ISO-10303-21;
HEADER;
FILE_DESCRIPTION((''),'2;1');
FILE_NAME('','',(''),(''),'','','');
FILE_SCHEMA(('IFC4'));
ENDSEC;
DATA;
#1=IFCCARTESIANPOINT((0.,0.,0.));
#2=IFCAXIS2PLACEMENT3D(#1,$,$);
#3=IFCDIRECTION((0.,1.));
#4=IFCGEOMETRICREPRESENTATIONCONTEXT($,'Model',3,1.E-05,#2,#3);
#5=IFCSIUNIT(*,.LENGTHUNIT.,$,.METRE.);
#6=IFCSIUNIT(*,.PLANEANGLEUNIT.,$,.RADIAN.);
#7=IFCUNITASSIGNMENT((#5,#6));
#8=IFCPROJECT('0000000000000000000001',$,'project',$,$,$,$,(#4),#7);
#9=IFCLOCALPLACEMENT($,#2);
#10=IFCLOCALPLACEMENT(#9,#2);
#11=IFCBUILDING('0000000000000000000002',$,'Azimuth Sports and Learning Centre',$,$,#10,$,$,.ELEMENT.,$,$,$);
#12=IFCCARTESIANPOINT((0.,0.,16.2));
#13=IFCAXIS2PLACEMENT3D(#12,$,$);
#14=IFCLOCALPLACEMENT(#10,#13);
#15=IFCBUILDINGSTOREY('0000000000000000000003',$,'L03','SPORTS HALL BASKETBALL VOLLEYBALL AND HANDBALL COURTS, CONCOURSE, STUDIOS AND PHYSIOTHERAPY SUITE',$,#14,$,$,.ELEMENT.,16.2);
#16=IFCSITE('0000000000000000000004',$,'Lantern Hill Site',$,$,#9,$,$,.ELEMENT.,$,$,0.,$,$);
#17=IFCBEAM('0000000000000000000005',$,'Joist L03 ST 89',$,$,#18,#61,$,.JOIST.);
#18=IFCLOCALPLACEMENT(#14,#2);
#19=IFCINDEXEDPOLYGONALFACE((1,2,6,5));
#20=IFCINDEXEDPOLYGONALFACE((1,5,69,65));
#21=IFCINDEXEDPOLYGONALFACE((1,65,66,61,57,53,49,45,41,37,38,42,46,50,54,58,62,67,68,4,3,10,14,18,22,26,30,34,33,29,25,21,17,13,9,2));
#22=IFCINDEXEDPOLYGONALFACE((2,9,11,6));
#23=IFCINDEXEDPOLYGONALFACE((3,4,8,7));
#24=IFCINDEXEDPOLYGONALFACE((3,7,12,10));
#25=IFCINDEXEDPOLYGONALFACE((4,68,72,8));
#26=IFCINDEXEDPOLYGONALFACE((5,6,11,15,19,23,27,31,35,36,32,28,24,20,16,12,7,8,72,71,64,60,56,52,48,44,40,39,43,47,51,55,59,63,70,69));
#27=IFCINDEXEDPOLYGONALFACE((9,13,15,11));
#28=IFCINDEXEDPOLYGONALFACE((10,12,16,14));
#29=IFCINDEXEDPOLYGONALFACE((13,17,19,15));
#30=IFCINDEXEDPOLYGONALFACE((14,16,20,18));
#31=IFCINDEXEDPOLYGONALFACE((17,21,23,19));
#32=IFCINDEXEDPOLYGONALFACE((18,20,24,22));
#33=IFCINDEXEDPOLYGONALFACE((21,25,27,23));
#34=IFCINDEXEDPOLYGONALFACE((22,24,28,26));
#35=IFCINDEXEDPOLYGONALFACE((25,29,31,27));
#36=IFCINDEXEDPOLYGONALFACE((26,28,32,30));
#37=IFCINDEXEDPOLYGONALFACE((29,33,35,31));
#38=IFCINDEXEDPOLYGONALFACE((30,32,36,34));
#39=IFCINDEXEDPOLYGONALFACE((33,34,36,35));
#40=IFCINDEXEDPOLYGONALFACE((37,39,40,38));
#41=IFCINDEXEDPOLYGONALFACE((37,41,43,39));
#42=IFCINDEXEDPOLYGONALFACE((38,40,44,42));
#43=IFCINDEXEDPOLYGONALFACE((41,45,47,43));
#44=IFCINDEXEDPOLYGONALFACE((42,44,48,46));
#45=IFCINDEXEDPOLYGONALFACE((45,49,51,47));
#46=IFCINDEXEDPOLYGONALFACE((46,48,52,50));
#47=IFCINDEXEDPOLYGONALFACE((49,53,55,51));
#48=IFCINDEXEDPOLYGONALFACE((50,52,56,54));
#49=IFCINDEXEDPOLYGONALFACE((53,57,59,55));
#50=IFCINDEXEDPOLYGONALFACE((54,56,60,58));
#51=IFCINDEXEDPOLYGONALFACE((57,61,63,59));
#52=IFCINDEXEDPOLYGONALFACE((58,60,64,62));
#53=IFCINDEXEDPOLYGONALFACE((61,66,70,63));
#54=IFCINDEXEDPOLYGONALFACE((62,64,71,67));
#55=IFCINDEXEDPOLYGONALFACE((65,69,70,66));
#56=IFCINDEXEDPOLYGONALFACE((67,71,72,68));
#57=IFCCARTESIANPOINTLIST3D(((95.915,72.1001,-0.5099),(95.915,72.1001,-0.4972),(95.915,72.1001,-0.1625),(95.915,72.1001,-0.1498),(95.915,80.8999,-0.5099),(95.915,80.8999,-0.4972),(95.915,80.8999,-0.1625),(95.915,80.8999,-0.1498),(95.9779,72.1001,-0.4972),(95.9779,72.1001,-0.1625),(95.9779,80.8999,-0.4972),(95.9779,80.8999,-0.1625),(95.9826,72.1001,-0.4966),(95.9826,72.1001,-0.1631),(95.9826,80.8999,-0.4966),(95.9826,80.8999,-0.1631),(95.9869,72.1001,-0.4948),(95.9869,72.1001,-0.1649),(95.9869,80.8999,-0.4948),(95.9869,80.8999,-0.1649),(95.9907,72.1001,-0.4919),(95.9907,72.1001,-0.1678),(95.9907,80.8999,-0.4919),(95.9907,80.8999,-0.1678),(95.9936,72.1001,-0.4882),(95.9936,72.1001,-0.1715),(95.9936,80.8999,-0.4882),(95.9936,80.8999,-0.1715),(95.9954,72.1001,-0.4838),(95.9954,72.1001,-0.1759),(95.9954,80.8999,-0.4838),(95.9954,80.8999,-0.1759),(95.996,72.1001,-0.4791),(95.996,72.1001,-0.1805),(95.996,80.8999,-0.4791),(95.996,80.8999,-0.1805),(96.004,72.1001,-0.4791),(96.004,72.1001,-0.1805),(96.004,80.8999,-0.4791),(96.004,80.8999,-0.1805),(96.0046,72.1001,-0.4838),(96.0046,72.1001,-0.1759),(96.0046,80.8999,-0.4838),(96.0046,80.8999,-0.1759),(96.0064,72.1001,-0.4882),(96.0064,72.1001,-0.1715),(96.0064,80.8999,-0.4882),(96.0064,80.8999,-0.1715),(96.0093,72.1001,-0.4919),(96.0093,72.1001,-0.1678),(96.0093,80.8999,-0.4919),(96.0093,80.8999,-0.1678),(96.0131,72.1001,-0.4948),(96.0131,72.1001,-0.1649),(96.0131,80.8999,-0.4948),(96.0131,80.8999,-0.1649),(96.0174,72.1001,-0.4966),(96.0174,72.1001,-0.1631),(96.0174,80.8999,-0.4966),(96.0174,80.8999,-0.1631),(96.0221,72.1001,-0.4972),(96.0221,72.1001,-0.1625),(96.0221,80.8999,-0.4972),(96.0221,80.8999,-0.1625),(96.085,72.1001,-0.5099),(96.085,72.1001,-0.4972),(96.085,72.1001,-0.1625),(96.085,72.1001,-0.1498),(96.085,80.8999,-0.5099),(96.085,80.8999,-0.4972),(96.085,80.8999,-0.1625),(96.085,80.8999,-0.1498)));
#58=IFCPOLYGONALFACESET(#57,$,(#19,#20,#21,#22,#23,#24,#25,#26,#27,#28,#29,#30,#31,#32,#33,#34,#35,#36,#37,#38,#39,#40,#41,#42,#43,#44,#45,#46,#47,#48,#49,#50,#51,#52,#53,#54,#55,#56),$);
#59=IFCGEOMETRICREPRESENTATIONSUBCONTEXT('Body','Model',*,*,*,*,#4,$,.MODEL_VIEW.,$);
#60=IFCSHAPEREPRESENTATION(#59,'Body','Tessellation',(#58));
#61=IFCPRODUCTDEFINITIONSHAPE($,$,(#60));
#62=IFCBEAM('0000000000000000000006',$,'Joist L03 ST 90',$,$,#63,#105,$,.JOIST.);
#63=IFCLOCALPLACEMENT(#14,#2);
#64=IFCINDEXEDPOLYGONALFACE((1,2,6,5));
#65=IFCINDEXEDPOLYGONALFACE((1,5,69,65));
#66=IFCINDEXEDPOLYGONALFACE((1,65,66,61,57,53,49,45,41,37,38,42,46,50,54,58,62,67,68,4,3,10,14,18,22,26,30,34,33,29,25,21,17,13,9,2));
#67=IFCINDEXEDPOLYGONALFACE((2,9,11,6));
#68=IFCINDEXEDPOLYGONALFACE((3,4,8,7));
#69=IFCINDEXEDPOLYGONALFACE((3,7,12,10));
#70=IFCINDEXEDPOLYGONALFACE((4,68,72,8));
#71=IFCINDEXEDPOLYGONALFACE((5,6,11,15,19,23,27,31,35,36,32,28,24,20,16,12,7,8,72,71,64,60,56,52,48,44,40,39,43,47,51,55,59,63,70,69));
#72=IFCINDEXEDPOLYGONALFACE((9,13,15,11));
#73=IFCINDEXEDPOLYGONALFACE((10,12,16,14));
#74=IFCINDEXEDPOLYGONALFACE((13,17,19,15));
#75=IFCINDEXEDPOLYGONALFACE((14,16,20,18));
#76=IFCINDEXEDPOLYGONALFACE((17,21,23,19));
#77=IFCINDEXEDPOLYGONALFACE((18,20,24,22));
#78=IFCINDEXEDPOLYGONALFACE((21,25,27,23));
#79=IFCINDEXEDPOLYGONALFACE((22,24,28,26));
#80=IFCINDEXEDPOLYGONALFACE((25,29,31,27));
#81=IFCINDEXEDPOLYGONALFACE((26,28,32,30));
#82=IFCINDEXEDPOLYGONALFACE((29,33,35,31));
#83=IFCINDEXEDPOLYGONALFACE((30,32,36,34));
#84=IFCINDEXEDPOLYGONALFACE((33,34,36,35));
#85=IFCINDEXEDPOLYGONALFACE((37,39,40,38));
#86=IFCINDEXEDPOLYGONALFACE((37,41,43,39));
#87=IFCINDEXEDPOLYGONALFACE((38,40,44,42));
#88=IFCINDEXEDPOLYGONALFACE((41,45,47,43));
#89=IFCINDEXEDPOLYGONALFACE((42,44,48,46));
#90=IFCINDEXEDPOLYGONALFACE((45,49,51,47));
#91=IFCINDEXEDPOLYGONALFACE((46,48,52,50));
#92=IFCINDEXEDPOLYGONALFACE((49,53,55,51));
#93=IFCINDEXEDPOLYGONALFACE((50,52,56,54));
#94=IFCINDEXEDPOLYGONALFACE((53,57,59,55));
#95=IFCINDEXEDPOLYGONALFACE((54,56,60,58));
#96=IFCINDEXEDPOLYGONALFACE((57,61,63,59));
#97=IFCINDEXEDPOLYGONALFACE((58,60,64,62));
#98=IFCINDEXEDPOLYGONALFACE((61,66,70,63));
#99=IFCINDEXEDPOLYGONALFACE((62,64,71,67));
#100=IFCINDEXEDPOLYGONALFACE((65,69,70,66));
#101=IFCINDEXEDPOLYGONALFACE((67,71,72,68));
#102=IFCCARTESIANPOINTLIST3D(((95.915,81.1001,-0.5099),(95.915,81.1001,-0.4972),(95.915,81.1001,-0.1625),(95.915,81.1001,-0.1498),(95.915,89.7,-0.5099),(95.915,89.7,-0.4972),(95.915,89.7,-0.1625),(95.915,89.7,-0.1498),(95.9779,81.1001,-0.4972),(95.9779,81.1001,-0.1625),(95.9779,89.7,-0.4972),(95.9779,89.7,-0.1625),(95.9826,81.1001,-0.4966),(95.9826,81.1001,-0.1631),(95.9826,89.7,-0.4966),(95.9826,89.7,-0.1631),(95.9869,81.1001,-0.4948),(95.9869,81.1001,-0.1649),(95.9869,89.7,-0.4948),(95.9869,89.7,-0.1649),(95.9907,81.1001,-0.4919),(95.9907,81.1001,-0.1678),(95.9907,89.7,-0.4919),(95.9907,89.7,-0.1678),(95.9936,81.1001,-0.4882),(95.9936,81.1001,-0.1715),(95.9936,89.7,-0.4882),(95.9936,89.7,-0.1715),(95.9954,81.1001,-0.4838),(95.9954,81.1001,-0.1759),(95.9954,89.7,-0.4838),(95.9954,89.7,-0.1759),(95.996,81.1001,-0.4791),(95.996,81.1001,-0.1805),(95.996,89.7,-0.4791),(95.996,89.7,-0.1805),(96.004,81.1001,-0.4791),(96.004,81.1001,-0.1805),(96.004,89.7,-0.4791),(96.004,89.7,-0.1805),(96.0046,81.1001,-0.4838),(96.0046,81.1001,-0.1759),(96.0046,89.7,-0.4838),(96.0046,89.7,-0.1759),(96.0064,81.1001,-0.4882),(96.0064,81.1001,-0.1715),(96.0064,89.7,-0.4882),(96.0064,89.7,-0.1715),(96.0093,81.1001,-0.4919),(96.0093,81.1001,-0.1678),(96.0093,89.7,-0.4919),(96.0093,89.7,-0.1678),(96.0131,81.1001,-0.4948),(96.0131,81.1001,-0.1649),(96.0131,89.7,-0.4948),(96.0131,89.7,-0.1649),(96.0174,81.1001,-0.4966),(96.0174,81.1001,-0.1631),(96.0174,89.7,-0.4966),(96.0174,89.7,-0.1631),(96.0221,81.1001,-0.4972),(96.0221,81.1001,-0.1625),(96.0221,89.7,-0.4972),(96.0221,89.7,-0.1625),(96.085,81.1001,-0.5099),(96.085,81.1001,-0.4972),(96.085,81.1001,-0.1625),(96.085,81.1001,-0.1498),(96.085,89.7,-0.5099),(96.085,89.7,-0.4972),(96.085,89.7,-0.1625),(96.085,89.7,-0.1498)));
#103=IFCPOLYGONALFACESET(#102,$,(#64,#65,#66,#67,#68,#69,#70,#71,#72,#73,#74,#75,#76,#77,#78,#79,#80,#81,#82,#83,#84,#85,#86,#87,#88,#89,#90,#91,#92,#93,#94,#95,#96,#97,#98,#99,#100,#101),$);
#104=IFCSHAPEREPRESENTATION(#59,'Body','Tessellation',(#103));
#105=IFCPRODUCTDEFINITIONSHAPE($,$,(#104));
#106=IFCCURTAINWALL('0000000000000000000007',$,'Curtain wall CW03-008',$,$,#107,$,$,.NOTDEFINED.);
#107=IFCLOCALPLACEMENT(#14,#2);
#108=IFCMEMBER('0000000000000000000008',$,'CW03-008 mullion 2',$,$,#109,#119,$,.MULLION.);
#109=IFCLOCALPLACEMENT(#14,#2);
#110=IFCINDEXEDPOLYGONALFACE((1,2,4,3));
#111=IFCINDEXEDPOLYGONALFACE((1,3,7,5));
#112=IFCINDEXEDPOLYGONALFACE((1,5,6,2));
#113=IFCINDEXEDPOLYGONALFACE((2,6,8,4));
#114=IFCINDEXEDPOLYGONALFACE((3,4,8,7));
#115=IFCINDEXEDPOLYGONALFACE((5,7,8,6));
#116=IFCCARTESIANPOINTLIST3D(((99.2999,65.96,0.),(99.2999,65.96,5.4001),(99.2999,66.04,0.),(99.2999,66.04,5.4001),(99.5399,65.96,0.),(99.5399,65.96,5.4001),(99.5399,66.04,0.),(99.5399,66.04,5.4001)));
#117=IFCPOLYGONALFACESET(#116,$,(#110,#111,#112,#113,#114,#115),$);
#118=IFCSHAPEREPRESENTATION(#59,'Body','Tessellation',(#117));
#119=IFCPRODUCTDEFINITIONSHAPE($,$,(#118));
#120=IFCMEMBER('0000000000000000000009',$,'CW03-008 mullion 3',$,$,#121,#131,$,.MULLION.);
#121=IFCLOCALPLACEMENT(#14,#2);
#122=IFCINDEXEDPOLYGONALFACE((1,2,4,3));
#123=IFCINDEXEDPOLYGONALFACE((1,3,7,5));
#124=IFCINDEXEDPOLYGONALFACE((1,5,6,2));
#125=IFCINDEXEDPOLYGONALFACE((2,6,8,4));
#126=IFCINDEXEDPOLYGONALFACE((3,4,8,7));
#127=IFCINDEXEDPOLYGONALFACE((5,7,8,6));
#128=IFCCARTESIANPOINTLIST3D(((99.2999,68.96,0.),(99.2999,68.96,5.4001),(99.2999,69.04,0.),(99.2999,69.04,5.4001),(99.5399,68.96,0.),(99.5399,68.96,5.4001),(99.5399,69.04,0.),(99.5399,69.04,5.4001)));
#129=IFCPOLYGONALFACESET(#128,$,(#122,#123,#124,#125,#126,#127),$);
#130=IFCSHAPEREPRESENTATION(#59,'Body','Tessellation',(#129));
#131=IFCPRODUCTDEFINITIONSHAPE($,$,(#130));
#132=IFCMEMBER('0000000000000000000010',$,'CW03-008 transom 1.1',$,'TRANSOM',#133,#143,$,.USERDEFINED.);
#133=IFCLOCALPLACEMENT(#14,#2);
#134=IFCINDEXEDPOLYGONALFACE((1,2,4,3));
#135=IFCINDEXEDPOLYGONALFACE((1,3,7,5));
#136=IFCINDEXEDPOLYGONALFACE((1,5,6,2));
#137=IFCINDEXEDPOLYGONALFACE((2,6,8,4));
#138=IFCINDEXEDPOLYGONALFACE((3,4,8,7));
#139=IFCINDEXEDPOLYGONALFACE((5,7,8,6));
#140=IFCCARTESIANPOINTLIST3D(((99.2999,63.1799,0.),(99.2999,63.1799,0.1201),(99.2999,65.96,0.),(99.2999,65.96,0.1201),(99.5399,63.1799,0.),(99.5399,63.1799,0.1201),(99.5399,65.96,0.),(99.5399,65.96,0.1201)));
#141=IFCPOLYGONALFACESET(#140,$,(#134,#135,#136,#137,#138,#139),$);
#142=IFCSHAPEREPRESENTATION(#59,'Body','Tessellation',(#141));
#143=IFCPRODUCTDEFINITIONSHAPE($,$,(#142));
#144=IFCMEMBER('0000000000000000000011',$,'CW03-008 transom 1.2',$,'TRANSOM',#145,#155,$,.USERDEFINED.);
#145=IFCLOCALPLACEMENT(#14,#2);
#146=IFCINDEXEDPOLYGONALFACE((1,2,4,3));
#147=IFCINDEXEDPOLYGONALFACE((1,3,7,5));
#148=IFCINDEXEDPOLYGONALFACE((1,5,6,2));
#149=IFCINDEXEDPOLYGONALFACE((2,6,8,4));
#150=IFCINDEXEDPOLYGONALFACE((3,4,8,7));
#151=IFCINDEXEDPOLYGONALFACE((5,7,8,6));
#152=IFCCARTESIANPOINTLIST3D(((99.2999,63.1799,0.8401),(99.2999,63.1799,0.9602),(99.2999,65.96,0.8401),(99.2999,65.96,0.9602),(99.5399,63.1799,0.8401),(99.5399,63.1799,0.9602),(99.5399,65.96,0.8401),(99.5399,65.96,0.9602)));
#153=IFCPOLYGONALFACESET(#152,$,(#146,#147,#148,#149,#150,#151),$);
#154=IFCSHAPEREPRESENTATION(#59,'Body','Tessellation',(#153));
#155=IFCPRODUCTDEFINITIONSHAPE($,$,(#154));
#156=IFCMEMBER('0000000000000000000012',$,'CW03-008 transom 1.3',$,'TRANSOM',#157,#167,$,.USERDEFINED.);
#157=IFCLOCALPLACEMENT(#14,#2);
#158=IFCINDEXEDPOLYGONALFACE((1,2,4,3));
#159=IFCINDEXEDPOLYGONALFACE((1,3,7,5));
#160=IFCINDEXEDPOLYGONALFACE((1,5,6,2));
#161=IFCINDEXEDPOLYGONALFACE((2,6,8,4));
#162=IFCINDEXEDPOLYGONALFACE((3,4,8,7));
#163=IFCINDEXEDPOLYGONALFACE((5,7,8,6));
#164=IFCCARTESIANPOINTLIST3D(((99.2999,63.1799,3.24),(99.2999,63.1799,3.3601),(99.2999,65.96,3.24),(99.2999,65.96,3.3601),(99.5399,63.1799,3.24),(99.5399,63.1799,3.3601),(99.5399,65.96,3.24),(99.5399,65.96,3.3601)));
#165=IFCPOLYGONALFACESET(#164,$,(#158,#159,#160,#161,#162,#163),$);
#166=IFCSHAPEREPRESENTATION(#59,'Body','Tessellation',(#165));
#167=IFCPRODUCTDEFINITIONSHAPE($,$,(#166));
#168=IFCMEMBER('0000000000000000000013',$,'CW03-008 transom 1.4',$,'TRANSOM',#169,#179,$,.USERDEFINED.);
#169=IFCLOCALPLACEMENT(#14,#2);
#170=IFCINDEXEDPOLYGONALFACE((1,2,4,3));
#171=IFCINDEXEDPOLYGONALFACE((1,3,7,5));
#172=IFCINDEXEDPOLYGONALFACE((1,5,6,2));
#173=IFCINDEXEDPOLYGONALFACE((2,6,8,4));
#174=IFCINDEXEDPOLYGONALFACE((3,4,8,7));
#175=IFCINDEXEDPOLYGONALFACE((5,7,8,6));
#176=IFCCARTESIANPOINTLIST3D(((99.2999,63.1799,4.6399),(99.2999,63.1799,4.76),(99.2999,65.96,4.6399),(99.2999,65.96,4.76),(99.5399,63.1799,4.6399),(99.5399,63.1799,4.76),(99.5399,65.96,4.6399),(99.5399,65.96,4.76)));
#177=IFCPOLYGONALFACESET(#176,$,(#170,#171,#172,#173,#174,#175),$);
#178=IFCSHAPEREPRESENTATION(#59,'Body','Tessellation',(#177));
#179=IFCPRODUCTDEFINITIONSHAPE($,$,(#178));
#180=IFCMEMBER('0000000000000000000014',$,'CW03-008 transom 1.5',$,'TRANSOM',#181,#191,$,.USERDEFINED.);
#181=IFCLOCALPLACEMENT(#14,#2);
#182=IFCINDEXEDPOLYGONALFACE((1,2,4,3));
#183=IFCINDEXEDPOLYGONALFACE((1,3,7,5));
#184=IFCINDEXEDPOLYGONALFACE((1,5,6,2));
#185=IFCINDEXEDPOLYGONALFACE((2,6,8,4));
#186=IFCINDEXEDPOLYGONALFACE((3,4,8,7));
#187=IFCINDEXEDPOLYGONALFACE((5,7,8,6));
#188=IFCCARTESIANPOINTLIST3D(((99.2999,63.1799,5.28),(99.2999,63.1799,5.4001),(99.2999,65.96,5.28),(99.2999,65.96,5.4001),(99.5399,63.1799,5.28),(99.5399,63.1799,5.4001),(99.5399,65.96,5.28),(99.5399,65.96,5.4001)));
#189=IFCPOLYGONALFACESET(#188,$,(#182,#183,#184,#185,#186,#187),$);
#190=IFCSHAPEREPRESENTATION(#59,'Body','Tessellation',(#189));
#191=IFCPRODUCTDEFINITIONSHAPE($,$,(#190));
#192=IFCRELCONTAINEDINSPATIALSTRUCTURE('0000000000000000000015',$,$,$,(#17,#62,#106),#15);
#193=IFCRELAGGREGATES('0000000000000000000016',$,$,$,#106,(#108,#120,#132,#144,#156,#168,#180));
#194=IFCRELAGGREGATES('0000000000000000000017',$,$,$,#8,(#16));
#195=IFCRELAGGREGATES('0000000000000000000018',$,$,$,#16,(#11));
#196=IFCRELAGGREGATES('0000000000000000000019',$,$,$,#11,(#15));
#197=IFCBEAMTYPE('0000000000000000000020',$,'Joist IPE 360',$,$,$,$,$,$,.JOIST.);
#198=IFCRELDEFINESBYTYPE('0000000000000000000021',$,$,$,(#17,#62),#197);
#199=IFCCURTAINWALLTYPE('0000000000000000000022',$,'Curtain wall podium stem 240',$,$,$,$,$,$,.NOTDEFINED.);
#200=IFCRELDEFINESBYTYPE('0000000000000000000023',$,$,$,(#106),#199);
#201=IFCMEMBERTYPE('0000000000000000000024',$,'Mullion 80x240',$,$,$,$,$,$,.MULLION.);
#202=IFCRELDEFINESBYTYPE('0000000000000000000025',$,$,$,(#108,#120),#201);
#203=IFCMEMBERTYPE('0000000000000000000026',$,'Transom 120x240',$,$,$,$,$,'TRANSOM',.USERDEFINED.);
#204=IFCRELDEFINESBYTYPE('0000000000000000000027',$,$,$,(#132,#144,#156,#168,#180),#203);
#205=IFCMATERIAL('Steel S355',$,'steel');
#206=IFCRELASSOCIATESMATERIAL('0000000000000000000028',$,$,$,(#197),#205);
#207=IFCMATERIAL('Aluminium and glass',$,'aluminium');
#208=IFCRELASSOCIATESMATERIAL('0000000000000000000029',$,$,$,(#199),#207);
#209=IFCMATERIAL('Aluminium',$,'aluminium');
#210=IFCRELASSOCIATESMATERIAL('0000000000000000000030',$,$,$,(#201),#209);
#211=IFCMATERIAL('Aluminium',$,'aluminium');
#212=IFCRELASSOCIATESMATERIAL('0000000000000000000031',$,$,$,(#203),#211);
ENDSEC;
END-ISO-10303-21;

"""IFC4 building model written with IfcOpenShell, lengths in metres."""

from ifc_helpers import new_model, si_unit, direction, frame, origin, origin_2d, place, context, subcontext, project, spatial, rectangle, i_section, extrude, material, material_profile, profile_set, type_object, element, aggregate, save


model = new_model("IFC4")

# Units and contexts
model_context = context("Model", 3, precision=1e-05, world=origin(), true_north=direction((0.0, 1.0)))
body_context = subcontext(model_context, "Body", "Model", "MODEL_VIEW")
ifc_project = project(units=[si_unit("LENGTHUNIT", "METRE"), si_unit("PLANEANGLEUNIT", "RADIAN")], contexts=[model_context])

# Site, building, storey
site_placement = place(None, origin())
site = spatial("IfcSite", under=ifc_project, at=site_placement, Name="Lantern Hill Site", CompositionType="ELEMENT", RefElevation=0.0)
building_placement = place(site_placement, origin())
building = spatial("IfcBuilding", under=site, at=building_placement, Name="Azimuth Sports and Learning Centre", CompositionType="ELEMENT")
storey_placement = place(building_placement, frame((0.0, 0.0, 16.2)))
storey = spatial("IfcBuildingStorey", under=building, at=storey_placement, Name="L03", Description="SPORTS HALL BASKETBALL VOLLEYBALL AND HANDBALL COURTS, CONCOURSE, STUDIOS AND PHYSIOTHERAPY SUITE", CompositionType="ELEMENT", Elevation=16.2)

# Beams
ifc_material_1 = material(Name="Steel S355", Category="steel")
ifc_material_profile_1 = material_profile(ifc_material_1, i_section(OverallWidth=0.1699, OverallDepth=0.3601, WebThickness=0.0081, FlangeThickness=0.0127, FilletRadius=0.0181, at=origin_2d()), Name="IPE 360")
ifc_profile_set_1 = profile_set([ifc_material_profile_1], Name="Steel S355")
beam_type_1 = type_object("IfcBeamType", Name="Joist IPE 360", PredefinedType="JOIST", material=ifc_profile_set_1)
beam_1_placement = place(storey_placement, frame((96.0, 72.1001, -0.3298), z_axis=(0.0, 1.0, 0.0), x_axis=(-1.0, 0.0, 0.0)))
element("IfcBeam", 1, at=beam_1_placement, inside=storey, type_object=beam_type_1, Name="Joist L03 ST 89", PredefinedType="JOIST", context=body_context, shape_type="SweptSolid", body=[
    extrude(i_section(OverallWidth=0.1699, OverallDepth=0.3601, WebThickness=0.0081, FlangeThickness=0.0127, FilletRadius=0.0181, at=origin_2d()), origin(), (0.0, 0.0, 1.0), 8.7998),
])
beam_2_placement = place(storey_placement, frame((96.0, 81.1001, -0.3298), z_axis=(0.0, 1.0, 0.0), x_axis=(-1.0, 0.0, 0.0)))
element("IfcBeam", 2, at=beam_2_placement, inside=storey, type_object=beam_type_1, Name="Joist L03 ST 90", PredefinedType="JOIST", context=body_context, shape_type="SweptSolid", body=[
    extrude(i_section(OverallWidth=0.1699, OverallDepth=0.3601, WebThickness=0.0081, FlangeThickness=0.0127, FilletRadius=0.0181, at=origin_2d()), origin(), (0.0, 0.0, 1.0), 8.5999),
])

# Curtain wall, members
ifc_material_2 = material(Name="Aluminium and glass", Category="aluminium")
curtain_wall_type = type_object("IfcCurtainWallType", Name="Curtain wall podium stem 240", PredefinedType="NOTDEFINED", material=ifc_material_2)
curtain_wall_placement = place(storey_placement, origin())
curtain_wall = element("IfcCurtainWall", 3, at=curtain_wall_placement, inside=storey, type_object=curtain_wall_type, Name="Curtain wall CW03-008", PredefinedType="NOTDEFINED")
ifc_material_3 = material(Name="Aluminium", Category="aluminium")
ifc_material_profile_2 = material_profile(ifc_material_3, rectangle(XDim=0.24, YDim=0.0801, at=origin_2d()), Name="Mullion 80x240")
ifc_profile_set_2 = profile_set([ifc_material_profile_2], Name="Aluminium")
member_type_1 = type_object("IfcMemberType", Name="Mullion 80x240", PredefinedType="MULLION", material=ifc_profile_set_2)
member_1_placement = place(storey_placement, frame((99.4199, 66.0, 0.0), z_axis=(0.0, 0.0, 1.0), x_axis=(-1.0, 0.0, 0.0)))
member_1 = element("IfcMember", 4, at=member_1_placement, type_object=member_type_1, Name="CW03-008 mullion 2", PredefinedType="MULLION", context=body_context, shape_type="SweptSolid", body=[
    extrude(rectangle(XDim=0.24, YDim=0.0801, at=origin_2d()), origin(), (0.0, 0.0, 1.0), 5.4001),
])
member_2_placement = place(storey_placement, frame((99.4199, 69.0, 0.0), z_axis=(0.0, 0.0, 1.0), x_axis=(-1.0, 0.0, 0.0)))
member_2 = element("IfcMember", 5, at=member_2_placement, type_object=member_type_1, Name="CW03-008 mullion 3", PredefinedType="MULLION", context=body_context, shape_type="SweptSolid", body=[
    extrude(rectangle(XDim=0.24, YDim=0.0801, at=origin_2d()), origin(), (0.0, 0.0, 1.0), 5.4001),
])
ifc_material_4 = material(Name="Aluminium", Category="aluminium")
ifc_material_profile_3 = material_profile(ifc_material_4, rectangle(XDim=0.24, YDim=0.1201, at=origin_2d()), Name="Transom 120x240")
ifc_profile_set_3 = profile_set([ifc_material_profile_3], Name="Aluminium")
member_type_2 = type_object("IfcMemberType", Name="Transom 120x240", ElementType="TRANSOM", PredefinedType="USERDEFINED", material=ifc_profile_set_3)
member_3_placement = place(storey_placement, frame((99.4199, 63.1799, 0.0601), z_axis=(0.0, 1.0, 0.0), x_axis=(-1.0, 0.0, 0.0)))
member_3 = element("IfcMember", 6, at=member_3_placement, type_object=member_type_2, Name="CW03-008 transom 1.1", ObjectType="TRANSOM", PredefinedType="USERDEFINED", context=body_context, shape_type="SweptSolid", body=[
    extrude(rectangle(XDim=0.24, YDim=0.1201, at=origin_2d()), origin(), (0.0, 0.0, 1.0), 2.78),
])
member_4_placement = place(storey_placement, frame((99.4199, 63.1799, 0.9001), z_axis=(0.0, 1.0, 0.0), x_axis=(-1.0, 0.0, 0.0)))
member_4 = element("IfcMember", 7, at=member_4_placement, type_object=member_type_2, Name="CW03-008 transom 1.2", ObjectType="TRANSOM", PredefinedType="USERDEFINED", context=body_context, shape_type="SweptSolid", body=[
    extrude(rectangle(XDim=0.24, YDim=0.1201, at=origin_2d()), origin(), (0.0, 0.0, 1.0), 2.78),
])
member_5_placement = place(storey_placement, frame((99.4199, 63.1799, 3.3), z_axis=(0.0, 1.0, 0.0), x_axis=(-1.0, 0.0, 0.0)))
member_5 = element("IfcMember", 8, at=member_5_placement, type_object=member_type_2, Name="CW03-008 transom 1.3", ObjectType="TRANSOM", PredefinedType="USERDEFINED", context=body_context, shape_type="SweptSolid", body=[
    extrude(rectangle(XDim=0.24, YDim=0.1201, at=origin_2d()), origin(), (0.0, 0.0, 1.0), 2.78),
])
member_6_placement = place(storey_placement, frame((99.4199, 63.1799, 4.7), z_axis=(0.0, 1.0, 0.0), x_axis=(-1.0, 0.0, 0.0)))
member_6 = element("IfcMember", 9, at=member_6_placement, type_object=member_type_2, Name="CW03-008 transom 1.4", ObjectType="TRANSOM", PredefinedType="USERDEFINED", context=body_context, shape_type="SweptSolid", body=[
    extrude(rectangle(XDim=0.24, YDim=0.1201, at=origin_2d()), origin(), (0.0, 0.0, 1.0), 2.78),
])
member_7_placement = place(storey_placement, frame((99.4199, 63.1799, 5.3401), z_axis=(0.0, 1.0, 0.0), x_axis=(-1.0, 0.0, 0.0)))
member_7 = element("IfcMember", 10, at=member_7_placement, type_object=member_type_2, Name="CW03-008 transom 1.5", ObjectType="TRANSOM", PredefinedType="USERDEFINED", context=body_context, shape_type="SweptSolid", body=[
    extrude(rectangle(XDim=0.24, YDim=0.1201, at=origin_2d()), origin(), (0.0, 0.0, 1.0), 2.78),
])
aggregate(curtain_wall, [member_1, member_2, member_3, member_4, member_5, member_6, member_7])

save(model, "model.ifc")
